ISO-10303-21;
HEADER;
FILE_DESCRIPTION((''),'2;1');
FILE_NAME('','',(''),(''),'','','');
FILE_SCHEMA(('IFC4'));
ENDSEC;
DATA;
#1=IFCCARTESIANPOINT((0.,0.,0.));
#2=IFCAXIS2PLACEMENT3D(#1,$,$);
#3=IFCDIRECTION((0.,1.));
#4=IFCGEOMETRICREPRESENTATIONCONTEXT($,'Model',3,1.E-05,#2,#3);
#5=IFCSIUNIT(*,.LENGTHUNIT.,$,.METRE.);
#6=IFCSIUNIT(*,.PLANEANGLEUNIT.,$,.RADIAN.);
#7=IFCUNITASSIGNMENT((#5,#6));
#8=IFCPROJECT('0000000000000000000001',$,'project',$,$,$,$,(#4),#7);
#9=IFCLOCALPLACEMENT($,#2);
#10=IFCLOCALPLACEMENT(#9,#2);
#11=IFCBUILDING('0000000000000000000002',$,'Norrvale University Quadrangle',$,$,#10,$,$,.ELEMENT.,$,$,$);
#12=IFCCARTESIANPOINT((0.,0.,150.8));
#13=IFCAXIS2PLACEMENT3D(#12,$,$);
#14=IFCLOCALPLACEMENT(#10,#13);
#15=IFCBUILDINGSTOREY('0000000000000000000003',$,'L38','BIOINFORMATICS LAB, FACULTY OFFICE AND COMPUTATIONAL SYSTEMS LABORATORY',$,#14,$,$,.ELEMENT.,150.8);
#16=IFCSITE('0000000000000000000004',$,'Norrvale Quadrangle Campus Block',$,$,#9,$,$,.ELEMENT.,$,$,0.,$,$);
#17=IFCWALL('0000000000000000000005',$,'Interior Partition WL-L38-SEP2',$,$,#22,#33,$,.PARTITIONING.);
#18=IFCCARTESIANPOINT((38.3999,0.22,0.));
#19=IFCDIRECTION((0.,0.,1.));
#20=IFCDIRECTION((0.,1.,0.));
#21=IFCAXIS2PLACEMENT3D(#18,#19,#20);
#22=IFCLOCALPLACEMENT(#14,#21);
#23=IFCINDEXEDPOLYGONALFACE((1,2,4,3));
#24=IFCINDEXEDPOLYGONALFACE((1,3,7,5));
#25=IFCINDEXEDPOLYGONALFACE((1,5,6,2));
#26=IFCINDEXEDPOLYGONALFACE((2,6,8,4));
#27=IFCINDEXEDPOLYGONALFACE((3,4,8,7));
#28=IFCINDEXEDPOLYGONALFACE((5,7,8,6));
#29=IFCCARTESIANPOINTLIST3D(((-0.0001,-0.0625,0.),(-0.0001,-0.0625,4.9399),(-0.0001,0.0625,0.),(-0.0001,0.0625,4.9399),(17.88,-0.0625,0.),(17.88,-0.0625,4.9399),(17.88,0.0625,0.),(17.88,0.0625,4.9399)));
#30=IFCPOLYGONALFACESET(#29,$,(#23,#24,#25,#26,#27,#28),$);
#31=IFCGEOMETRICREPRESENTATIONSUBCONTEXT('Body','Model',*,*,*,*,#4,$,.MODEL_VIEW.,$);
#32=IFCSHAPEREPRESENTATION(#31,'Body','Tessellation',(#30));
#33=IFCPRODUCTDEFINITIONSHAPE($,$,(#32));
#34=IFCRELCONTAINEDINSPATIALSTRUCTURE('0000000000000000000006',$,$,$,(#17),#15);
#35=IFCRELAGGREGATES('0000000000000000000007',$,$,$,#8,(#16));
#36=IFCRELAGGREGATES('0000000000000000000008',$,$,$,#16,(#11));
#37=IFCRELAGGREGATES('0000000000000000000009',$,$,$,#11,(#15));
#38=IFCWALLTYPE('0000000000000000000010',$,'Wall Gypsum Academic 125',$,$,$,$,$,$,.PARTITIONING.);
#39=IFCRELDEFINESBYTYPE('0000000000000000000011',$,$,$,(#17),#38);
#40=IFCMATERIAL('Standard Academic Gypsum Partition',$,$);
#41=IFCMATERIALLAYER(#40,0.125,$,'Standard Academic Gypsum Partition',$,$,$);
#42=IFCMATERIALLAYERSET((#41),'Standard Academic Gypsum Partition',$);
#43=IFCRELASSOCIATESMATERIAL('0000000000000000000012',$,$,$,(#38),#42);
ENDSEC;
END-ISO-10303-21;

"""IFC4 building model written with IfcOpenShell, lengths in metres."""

from ifc_helpers import new_model, si_unit, direction, frame, frame_2d, origin, place, context, subcontext, project, spatial, rectangle, extrude, material, layer, layer_set, type_object, element, save


model = new_model("IFC4")

# Units and contexts
model_context = context("Model", 3, precision=1e-05, world=origin(), true_north=direction((0.0, 1.0)))
body_context = subcontext(model_context, "Body", "Model", "MODEL_VIEW")
ifc_project = project(units=[si_unit("LENGTHUNIT", "METRE"), si_unit("PLANEANGLEUNIT", "RADIAN")], contexts=[model_context])

# Site, building, storey
site_placement = place(None, origin())
site = spatial("IfcSite", under=ifc_project, at=site_placement, Name="Norrvale Quadrangle Campus Block", CompositionType="ELEMENT", RefElevation=0.0)
building_placement = place(site_placement, origin())
building = spatial("IfcBuilding", under=site, at=building_placement, Name="Norrvale University Quadrangle", CompositionType="ELEMENT")
storey_placement = place(building_placement, frame((0.0, 0.0, 150.8)))
storey = spatial("IfcBuildingStorey", under=building, at=storey_placement, Name="L38", Description="BIOINFORMATICS LAB, FACULTY OFFICE AND COMPUTATIONAL SYSTEMS LABORATORY", CompositionType="ELEMENT", Elevation=150.8)

# Wall
ifc_material_1 = material(Name="Standard Academic Gypsum Partition")
ifc_layer_1 = layer(ifc_material_1, 0.125, Name="Standard Academic Gypsum Partition")
ifc_layer_set_1 = layer_set([ifc_layer_1], Name="Standard Academic Gypsum Partition")
wall_type_1 = type_object("IfcWallType", Name="Wall Gypsum Academic 125", PredefinedType="PARTITIONING", material=ifc_layer_set_1)
wall_1_placement = place(storey_placement, frame((38.3999, 0.22, 0.0), z_axis=(0.0, 0.0, 1.0), x_axis=(0.0, 1.0, 0.0)))
element("IfcWall", 1, at=wall_1_placement, inside=storey, type_object=wall_type_1, Name="Interior Partition WL-L38-SEP2", PredefinedType="PARTITIONING", context=body_context, shape_type="SweptSolid", body=[
    extrude(rectangle(XDim=17.8801, YDim=0.125, at=frame_2d((8.9399, 0.0))), origin(), (0.0, 0.0, 1.0), 4.9399),
])

save(model, "model.ifc")
